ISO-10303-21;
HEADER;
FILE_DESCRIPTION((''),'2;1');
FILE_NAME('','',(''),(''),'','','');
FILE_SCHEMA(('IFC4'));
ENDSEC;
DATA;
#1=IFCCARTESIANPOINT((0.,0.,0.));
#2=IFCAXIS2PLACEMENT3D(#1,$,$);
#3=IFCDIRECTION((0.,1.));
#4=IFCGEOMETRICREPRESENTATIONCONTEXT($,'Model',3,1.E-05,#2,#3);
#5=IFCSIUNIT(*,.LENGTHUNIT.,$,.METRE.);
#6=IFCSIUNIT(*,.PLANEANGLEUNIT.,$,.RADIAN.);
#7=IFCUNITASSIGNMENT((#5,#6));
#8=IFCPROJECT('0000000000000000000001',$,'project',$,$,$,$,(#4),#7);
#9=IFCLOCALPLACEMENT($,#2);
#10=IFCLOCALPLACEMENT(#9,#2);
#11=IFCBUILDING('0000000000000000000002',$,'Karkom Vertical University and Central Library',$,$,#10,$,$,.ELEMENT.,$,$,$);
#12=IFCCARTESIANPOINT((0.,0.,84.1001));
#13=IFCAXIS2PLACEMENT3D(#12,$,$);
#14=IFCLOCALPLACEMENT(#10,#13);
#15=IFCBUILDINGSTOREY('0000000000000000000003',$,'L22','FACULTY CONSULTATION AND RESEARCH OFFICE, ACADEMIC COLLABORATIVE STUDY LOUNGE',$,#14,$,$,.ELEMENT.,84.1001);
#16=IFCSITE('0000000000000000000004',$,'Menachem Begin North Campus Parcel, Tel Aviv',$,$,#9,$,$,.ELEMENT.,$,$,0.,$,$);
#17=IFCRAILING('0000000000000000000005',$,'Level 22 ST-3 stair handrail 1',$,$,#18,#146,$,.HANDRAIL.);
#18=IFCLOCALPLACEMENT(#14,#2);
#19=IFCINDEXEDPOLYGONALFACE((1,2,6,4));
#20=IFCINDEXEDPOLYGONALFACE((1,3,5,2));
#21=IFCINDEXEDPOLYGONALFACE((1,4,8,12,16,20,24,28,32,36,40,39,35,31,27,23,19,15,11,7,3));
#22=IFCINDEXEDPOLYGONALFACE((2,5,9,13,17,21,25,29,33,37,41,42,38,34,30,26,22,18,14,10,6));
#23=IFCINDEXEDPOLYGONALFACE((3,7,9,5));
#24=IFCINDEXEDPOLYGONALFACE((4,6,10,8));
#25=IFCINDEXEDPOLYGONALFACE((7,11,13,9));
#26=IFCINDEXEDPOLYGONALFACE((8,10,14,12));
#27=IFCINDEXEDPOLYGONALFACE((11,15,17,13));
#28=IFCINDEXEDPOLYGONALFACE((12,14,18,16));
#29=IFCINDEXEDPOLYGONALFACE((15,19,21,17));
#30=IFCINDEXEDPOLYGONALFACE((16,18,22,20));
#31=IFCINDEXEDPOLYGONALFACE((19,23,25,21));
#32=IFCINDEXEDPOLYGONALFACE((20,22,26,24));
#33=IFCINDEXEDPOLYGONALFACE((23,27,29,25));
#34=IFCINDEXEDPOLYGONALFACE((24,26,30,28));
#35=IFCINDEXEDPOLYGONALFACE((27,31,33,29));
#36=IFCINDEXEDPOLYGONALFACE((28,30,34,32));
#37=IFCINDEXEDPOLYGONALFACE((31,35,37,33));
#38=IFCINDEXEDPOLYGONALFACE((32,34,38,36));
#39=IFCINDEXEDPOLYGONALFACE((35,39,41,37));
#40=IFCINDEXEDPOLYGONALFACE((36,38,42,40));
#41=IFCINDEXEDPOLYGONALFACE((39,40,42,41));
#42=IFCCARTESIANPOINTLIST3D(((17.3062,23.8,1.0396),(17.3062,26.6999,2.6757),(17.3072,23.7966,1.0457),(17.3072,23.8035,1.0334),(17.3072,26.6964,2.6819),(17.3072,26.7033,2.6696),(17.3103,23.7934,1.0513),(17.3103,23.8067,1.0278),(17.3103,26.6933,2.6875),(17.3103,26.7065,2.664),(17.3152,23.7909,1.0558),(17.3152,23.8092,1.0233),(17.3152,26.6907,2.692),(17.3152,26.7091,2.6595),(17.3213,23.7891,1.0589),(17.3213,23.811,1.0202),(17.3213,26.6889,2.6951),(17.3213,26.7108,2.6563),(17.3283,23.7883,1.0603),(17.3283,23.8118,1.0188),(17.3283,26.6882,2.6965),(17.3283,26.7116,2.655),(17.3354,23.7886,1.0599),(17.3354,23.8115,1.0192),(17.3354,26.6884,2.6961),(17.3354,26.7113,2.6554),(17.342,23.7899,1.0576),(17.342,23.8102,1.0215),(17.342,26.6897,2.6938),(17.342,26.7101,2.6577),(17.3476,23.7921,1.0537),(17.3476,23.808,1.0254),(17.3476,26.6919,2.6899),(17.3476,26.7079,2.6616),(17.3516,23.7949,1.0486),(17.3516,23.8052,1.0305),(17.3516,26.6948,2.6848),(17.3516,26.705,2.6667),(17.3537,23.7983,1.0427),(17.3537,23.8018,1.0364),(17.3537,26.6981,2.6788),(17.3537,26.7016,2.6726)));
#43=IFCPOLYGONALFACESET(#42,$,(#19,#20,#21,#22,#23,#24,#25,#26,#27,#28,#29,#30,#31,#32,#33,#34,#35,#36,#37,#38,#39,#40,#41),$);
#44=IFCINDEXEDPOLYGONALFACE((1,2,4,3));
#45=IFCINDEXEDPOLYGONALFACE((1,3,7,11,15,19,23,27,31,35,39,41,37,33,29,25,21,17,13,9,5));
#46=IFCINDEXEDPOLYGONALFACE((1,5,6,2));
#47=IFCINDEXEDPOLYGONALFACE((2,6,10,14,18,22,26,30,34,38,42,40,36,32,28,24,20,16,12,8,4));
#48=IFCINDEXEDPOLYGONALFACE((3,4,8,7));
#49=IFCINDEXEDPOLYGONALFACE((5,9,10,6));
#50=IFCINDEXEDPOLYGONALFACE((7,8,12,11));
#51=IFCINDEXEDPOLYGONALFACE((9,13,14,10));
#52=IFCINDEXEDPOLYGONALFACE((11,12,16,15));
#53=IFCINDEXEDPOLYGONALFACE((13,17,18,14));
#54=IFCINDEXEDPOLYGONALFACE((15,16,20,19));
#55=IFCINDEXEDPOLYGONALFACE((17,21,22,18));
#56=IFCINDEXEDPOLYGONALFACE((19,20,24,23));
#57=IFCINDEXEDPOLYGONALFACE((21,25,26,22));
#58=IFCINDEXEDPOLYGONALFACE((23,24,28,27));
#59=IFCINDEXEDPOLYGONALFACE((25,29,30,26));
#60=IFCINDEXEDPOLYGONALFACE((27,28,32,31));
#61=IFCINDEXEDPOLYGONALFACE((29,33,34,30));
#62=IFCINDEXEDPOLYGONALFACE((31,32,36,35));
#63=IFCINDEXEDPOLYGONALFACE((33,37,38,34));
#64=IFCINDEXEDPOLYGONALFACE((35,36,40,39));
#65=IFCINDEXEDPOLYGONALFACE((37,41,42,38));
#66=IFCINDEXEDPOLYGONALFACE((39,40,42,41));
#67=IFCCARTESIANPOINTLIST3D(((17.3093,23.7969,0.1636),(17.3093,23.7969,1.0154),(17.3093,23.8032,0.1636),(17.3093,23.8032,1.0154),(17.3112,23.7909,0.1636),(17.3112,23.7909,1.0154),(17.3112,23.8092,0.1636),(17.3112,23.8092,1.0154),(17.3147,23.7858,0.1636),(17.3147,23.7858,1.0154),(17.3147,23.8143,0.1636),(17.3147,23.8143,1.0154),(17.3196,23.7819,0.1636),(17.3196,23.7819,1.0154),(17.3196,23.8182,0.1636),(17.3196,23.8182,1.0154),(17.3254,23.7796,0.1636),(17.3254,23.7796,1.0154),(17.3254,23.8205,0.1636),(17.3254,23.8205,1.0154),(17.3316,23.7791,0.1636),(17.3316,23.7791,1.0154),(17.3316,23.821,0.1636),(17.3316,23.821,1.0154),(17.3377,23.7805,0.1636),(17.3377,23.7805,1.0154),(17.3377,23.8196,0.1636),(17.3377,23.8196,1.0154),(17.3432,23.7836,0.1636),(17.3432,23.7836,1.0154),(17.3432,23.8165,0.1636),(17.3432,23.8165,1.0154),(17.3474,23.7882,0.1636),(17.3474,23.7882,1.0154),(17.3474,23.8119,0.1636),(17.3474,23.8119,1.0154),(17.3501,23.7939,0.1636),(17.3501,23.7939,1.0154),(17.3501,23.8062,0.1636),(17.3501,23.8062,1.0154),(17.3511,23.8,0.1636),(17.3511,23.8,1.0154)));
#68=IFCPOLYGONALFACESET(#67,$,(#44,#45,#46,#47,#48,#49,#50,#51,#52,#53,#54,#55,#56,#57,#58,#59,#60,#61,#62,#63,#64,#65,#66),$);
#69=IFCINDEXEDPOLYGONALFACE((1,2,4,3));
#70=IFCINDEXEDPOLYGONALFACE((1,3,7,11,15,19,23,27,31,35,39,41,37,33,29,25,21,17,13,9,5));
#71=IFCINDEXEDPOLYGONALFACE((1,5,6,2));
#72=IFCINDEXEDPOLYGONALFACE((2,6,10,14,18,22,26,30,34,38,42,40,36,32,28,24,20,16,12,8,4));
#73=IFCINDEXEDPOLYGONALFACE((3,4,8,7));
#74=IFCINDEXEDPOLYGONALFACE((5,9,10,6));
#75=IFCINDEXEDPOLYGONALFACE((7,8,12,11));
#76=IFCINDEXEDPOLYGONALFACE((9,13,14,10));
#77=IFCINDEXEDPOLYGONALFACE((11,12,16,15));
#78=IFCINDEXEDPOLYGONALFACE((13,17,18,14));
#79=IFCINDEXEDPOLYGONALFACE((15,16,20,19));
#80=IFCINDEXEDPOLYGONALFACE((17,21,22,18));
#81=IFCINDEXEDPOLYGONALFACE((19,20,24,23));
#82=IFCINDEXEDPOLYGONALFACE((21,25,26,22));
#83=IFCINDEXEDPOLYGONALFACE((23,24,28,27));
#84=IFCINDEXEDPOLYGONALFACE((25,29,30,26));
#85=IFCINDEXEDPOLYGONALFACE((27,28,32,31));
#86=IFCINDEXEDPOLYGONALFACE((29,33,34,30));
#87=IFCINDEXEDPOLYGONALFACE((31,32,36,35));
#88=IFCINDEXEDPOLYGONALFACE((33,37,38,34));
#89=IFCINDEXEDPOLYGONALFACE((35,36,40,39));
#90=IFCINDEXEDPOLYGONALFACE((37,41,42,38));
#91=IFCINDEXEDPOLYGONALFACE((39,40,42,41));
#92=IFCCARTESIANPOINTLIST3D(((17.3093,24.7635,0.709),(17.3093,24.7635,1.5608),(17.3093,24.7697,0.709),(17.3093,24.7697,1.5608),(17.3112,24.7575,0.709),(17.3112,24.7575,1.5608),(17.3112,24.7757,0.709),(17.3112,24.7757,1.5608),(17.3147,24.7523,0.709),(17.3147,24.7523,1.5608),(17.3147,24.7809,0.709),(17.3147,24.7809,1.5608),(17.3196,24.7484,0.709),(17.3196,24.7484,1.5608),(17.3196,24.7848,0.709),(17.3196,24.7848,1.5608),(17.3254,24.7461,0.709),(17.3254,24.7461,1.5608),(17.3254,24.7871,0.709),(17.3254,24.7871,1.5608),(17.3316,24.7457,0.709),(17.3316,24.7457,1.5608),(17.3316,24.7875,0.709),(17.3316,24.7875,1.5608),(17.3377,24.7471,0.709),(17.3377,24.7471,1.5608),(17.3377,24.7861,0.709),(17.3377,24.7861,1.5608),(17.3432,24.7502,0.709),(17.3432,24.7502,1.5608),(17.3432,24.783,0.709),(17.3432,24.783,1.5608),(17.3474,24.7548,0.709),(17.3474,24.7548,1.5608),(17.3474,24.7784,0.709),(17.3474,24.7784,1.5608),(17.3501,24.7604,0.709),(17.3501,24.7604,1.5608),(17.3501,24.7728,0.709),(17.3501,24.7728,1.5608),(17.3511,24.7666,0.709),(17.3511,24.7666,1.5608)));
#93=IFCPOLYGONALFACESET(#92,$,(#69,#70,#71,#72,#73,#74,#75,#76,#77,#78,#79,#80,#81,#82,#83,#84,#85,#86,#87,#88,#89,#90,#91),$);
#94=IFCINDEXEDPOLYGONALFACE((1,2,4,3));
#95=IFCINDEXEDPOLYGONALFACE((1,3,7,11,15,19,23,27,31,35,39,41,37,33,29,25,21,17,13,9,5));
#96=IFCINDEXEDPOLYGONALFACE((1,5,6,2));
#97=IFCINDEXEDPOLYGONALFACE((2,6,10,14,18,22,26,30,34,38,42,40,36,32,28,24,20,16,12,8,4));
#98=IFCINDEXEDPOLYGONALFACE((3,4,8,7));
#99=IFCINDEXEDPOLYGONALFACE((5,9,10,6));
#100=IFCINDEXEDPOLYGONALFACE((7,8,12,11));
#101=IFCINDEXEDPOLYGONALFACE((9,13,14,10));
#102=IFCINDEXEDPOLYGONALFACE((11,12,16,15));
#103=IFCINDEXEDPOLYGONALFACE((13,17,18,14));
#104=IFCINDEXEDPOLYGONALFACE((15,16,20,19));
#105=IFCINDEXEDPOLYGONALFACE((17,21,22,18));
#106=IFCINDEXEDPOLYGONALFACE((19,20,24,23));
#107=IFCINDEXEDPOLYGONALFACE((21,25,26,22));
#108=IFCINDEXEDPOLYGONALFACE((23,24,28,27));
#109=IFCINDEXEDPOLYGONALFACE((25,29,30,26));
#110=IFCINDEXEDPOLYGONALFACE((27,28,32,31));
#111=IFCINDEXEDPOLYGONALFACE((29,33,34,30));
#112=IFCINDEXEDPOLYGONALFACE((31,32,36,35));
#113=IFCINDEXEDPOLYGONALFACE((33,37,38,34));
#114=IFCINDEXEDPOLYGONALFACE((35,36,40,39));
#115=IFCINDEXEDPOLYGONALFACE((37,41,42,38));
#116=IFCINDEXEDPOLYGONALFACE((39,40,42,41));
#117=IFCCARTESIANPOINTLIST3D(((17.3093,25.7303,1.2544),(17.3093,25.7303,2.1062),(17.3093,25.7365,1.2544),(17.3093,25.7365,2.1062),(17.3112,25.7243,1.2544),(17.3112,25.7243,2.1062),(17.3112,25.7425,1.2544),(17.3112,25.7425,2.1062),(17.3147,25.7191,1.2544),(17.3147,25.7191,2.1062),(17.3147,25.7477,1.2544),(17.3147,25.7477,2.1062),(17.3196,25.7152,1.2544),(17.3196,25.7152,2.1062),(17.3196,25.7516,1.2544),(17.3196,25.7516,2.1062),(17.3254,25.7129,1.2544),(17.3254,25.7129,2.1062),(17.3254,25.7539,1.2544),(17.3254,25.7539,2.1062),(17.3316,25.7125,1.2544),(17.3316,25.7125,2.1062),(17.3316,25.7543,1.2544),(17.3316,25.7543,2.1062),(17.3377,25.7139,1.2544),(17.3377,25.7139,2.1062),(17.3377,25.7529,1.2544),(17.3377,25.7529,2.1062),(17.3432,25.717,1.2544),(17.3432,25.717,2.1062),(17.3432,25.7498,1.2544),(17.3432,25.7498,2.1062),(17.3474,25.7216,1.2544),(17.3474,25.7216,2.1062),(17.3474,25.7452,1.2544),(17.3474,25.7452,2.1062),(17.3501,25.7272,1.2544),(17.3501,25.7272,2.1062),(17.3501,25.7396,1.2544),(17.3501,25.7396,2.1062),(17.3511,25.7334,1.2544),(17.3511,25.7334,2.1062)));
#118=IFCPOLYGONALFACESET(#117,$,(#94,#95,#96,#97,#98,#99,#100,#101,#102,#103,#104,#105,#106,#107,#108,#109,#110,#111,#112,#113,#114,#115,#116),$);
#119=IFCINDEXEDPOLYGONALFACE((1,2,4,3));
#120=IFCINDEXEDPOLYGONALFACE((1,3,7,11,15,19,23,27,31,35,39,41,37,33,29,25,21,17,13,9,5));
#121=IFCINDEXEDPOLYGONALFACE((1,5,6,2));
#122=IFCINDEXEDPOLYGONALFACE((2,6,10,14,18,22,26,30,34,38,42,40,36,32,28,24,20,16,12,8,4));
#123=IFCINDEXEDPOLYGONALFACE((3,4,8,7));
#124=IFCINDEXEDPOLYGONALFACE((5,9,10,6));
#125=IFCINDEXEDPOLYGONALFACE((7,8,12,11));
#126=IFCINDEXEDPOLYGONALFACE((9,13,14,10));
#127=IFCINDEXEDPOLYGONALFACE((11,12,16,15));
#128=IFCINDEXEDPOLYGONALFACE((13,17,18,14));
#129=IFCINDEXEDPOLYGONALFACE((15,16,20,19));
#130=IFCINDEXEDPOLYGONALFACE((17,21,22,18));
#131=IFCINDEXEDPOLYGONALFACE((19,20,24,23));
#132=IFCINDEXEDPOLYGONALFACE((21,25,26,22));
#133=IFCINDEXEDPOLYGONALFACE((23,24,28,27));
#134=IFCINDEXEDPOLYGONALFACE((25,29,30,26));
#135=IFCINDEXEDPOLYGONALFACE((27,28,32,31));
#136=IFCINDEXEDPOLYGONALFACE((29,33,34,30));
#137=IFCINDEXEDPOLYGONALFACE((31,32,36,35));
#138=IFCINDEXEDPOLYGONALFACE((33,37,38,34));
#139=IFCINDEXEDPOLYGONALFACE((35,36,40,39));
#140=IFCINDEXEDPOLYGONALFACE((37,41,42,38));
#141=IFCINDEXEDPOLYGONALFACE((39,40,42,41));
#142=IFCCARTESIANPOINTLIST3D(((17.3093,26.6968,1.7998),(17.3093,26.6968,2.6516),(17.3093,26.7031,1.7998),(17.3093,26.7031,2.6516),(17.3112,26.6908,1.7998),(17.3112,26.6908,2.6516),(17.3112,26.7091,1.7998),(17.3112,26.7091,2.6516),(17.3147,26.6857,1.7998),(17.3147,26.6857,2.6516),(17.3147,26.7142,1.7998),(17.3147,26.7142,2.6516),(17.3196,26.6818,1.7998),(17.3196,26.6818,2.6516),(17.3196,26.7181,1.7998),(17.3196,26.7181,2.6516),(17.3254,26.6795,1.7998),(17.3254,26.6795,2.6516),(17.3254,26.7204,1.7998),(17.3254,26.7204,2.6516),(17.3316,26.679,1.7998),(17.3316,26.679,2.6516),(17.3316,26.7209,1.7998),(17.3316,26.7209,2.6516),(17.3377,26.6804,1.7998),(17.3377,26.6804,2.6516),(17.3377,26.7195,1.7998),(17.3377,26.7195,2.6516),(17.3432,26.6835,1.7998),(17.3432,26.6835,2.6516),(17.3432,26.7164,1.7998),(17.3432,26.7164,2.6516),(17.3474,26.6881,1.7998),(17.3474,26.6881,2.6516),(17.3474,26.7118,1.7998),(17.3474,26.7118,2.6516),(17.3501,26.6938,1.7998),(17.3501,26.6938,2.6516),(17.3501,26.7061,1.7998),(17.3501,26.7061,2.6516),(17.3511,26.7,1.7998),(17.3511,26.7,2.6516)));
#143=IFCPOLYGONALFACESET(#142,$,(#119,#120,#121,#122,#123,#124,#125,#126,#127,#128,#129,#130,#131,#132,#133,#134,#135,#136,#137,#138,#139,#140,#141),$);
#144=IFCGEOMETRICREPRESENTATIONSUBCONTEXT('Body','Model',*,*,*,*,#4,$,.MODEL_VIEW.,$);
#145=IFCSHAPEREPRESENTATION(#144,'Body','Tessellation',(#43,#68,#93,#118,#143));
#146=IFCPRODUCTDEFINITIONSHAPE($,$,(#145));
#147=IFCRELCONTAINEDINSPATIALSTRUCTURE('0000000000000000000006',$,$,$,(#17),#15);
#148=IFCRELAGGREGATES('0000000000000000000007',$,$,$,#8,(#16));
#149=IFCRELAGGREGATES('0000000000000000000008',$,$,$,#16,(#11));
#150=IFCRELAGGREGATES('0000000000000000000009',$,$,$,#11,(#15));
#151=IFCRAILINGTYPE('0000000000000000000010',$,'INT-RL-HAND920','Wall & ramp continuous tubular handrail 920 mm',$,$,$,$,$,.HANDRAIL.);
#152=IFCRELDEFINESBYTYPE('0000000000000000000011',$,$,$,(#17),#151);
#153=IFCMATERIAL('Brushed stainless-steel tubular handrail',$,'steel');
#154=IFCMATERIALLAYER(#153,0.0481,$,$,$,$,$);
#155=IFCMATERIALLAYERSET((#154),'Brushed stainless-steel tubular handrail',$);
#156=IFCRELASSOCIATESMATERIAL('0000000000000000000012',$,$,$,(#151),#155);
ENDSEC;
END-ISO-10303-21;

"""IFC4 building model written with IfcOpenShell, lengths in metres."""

from ifc_helpers import new_model, si_unit, direction, frame, origin, origin_2d, place, context, subcontext, project, spatial, circle, extrude, material, layer, layer_set, type_object, element, save


model = new_model("IFC4")

# Units and contexts
model_context = context("Model", 3, precision=1e-05, world=origin(), true_north=direction((0.0, 1.0)))
body_context = subcontext(model_context, "Body", "Model", "MODEL_VIEW")
ifc_project = project(units=[si_unit("LENGTHUNIT", "METRE"), si_unit("PLANEANGLEUNIT", "RADIAN")], contexts=[model_context])

# Site, building, storey
site_placement = place(None, origin())
site = spatial("IfcSite", under=ifc_project, at=site_placement, Name="Menachem Begin North Campus Parcel, Tel Aviv", CompositionType="ELEMENT", RefElevation=0.0)
building_placement = place(site_placement, origin())
building = spatial("IfcBuilding", under=site, at=building_placement, Name="Karkom Vertical University and Central Library", CompositionType="ELEMENT")
storey_placement = place(building_placement, frame((0.0, 0.0, 84.1001)))
storey = spatial("IfcBuildingStorey", under=building, at=storey_placement, Name="L22", Description="FACULTY CONSULTATION AND RESEARCH OFFICE, ACADEMIC COLLABORATIVE STUDY LOUNGE", CompositionType="ELEMENT", Elevation=84.1001)

# Railing
ifc_material_1 = material(Name="Brushed stainless-steel tubular handrail", Category="steel")
ifc_layer_1 = layer(ifc_material_1, 0.0481)
ifc_layer_set_1 = layer_set([ifc_layer_1], Name="Brushed stainless-steel tubular handrail")
railing_type_1 = type_object("IfcRailingType", Name="INT-RL-HAND920", Description="Wall & ramp continuous tubular handrail 920 mm", PredefinedType="HANDRAIL", material=ifc_layer_set_1)
railing_1_placement = place(storey_placement, frame((17.3301, 23.8, 0.1636)))
element("IfcRailing", 1, at=railing_1_placement, inside=storey, type_object=railing_type_1, Name="Level 22 ST-3 stair handrail 1", PredefinedType="HANDRAIL", context=body_context, shape_type="SweptSolid", body=[
    extrude(circle(Radius=0.0239, at=origin_2d()), frame((0.0, 0.0, 0.876), z_axis=(0.0, 0.870929, 0.49141), x_axis=(-1.0, 0.0, 0.0)), (0.0, 0.0, 1.0), 3.3296),
    extrude(circle(Radius=0.021, at=origin_2d()), origin(), (0.0, 0.0, 1.0), 0.8518),
    extrude(circle(Radius=0.021, at=origin_2d()), frame((0.0, 0.9666, 0.5454)), (0.0, 0.0, 1.0), 0.8518),
    extrude(circle(Radius=0.021, at=origin_2d()), frame((0.0, 1.9333, 1.0908)), (0.0, 0.0, 1.0), 0.8518),
    extrude(circle(Radius=0.021, at=origin_2d()), frame((0.0, 2.8999, 1.6362)), (0.0, 0.0, 1.0), 0.8518),
])

save(model, "model.ifc")
